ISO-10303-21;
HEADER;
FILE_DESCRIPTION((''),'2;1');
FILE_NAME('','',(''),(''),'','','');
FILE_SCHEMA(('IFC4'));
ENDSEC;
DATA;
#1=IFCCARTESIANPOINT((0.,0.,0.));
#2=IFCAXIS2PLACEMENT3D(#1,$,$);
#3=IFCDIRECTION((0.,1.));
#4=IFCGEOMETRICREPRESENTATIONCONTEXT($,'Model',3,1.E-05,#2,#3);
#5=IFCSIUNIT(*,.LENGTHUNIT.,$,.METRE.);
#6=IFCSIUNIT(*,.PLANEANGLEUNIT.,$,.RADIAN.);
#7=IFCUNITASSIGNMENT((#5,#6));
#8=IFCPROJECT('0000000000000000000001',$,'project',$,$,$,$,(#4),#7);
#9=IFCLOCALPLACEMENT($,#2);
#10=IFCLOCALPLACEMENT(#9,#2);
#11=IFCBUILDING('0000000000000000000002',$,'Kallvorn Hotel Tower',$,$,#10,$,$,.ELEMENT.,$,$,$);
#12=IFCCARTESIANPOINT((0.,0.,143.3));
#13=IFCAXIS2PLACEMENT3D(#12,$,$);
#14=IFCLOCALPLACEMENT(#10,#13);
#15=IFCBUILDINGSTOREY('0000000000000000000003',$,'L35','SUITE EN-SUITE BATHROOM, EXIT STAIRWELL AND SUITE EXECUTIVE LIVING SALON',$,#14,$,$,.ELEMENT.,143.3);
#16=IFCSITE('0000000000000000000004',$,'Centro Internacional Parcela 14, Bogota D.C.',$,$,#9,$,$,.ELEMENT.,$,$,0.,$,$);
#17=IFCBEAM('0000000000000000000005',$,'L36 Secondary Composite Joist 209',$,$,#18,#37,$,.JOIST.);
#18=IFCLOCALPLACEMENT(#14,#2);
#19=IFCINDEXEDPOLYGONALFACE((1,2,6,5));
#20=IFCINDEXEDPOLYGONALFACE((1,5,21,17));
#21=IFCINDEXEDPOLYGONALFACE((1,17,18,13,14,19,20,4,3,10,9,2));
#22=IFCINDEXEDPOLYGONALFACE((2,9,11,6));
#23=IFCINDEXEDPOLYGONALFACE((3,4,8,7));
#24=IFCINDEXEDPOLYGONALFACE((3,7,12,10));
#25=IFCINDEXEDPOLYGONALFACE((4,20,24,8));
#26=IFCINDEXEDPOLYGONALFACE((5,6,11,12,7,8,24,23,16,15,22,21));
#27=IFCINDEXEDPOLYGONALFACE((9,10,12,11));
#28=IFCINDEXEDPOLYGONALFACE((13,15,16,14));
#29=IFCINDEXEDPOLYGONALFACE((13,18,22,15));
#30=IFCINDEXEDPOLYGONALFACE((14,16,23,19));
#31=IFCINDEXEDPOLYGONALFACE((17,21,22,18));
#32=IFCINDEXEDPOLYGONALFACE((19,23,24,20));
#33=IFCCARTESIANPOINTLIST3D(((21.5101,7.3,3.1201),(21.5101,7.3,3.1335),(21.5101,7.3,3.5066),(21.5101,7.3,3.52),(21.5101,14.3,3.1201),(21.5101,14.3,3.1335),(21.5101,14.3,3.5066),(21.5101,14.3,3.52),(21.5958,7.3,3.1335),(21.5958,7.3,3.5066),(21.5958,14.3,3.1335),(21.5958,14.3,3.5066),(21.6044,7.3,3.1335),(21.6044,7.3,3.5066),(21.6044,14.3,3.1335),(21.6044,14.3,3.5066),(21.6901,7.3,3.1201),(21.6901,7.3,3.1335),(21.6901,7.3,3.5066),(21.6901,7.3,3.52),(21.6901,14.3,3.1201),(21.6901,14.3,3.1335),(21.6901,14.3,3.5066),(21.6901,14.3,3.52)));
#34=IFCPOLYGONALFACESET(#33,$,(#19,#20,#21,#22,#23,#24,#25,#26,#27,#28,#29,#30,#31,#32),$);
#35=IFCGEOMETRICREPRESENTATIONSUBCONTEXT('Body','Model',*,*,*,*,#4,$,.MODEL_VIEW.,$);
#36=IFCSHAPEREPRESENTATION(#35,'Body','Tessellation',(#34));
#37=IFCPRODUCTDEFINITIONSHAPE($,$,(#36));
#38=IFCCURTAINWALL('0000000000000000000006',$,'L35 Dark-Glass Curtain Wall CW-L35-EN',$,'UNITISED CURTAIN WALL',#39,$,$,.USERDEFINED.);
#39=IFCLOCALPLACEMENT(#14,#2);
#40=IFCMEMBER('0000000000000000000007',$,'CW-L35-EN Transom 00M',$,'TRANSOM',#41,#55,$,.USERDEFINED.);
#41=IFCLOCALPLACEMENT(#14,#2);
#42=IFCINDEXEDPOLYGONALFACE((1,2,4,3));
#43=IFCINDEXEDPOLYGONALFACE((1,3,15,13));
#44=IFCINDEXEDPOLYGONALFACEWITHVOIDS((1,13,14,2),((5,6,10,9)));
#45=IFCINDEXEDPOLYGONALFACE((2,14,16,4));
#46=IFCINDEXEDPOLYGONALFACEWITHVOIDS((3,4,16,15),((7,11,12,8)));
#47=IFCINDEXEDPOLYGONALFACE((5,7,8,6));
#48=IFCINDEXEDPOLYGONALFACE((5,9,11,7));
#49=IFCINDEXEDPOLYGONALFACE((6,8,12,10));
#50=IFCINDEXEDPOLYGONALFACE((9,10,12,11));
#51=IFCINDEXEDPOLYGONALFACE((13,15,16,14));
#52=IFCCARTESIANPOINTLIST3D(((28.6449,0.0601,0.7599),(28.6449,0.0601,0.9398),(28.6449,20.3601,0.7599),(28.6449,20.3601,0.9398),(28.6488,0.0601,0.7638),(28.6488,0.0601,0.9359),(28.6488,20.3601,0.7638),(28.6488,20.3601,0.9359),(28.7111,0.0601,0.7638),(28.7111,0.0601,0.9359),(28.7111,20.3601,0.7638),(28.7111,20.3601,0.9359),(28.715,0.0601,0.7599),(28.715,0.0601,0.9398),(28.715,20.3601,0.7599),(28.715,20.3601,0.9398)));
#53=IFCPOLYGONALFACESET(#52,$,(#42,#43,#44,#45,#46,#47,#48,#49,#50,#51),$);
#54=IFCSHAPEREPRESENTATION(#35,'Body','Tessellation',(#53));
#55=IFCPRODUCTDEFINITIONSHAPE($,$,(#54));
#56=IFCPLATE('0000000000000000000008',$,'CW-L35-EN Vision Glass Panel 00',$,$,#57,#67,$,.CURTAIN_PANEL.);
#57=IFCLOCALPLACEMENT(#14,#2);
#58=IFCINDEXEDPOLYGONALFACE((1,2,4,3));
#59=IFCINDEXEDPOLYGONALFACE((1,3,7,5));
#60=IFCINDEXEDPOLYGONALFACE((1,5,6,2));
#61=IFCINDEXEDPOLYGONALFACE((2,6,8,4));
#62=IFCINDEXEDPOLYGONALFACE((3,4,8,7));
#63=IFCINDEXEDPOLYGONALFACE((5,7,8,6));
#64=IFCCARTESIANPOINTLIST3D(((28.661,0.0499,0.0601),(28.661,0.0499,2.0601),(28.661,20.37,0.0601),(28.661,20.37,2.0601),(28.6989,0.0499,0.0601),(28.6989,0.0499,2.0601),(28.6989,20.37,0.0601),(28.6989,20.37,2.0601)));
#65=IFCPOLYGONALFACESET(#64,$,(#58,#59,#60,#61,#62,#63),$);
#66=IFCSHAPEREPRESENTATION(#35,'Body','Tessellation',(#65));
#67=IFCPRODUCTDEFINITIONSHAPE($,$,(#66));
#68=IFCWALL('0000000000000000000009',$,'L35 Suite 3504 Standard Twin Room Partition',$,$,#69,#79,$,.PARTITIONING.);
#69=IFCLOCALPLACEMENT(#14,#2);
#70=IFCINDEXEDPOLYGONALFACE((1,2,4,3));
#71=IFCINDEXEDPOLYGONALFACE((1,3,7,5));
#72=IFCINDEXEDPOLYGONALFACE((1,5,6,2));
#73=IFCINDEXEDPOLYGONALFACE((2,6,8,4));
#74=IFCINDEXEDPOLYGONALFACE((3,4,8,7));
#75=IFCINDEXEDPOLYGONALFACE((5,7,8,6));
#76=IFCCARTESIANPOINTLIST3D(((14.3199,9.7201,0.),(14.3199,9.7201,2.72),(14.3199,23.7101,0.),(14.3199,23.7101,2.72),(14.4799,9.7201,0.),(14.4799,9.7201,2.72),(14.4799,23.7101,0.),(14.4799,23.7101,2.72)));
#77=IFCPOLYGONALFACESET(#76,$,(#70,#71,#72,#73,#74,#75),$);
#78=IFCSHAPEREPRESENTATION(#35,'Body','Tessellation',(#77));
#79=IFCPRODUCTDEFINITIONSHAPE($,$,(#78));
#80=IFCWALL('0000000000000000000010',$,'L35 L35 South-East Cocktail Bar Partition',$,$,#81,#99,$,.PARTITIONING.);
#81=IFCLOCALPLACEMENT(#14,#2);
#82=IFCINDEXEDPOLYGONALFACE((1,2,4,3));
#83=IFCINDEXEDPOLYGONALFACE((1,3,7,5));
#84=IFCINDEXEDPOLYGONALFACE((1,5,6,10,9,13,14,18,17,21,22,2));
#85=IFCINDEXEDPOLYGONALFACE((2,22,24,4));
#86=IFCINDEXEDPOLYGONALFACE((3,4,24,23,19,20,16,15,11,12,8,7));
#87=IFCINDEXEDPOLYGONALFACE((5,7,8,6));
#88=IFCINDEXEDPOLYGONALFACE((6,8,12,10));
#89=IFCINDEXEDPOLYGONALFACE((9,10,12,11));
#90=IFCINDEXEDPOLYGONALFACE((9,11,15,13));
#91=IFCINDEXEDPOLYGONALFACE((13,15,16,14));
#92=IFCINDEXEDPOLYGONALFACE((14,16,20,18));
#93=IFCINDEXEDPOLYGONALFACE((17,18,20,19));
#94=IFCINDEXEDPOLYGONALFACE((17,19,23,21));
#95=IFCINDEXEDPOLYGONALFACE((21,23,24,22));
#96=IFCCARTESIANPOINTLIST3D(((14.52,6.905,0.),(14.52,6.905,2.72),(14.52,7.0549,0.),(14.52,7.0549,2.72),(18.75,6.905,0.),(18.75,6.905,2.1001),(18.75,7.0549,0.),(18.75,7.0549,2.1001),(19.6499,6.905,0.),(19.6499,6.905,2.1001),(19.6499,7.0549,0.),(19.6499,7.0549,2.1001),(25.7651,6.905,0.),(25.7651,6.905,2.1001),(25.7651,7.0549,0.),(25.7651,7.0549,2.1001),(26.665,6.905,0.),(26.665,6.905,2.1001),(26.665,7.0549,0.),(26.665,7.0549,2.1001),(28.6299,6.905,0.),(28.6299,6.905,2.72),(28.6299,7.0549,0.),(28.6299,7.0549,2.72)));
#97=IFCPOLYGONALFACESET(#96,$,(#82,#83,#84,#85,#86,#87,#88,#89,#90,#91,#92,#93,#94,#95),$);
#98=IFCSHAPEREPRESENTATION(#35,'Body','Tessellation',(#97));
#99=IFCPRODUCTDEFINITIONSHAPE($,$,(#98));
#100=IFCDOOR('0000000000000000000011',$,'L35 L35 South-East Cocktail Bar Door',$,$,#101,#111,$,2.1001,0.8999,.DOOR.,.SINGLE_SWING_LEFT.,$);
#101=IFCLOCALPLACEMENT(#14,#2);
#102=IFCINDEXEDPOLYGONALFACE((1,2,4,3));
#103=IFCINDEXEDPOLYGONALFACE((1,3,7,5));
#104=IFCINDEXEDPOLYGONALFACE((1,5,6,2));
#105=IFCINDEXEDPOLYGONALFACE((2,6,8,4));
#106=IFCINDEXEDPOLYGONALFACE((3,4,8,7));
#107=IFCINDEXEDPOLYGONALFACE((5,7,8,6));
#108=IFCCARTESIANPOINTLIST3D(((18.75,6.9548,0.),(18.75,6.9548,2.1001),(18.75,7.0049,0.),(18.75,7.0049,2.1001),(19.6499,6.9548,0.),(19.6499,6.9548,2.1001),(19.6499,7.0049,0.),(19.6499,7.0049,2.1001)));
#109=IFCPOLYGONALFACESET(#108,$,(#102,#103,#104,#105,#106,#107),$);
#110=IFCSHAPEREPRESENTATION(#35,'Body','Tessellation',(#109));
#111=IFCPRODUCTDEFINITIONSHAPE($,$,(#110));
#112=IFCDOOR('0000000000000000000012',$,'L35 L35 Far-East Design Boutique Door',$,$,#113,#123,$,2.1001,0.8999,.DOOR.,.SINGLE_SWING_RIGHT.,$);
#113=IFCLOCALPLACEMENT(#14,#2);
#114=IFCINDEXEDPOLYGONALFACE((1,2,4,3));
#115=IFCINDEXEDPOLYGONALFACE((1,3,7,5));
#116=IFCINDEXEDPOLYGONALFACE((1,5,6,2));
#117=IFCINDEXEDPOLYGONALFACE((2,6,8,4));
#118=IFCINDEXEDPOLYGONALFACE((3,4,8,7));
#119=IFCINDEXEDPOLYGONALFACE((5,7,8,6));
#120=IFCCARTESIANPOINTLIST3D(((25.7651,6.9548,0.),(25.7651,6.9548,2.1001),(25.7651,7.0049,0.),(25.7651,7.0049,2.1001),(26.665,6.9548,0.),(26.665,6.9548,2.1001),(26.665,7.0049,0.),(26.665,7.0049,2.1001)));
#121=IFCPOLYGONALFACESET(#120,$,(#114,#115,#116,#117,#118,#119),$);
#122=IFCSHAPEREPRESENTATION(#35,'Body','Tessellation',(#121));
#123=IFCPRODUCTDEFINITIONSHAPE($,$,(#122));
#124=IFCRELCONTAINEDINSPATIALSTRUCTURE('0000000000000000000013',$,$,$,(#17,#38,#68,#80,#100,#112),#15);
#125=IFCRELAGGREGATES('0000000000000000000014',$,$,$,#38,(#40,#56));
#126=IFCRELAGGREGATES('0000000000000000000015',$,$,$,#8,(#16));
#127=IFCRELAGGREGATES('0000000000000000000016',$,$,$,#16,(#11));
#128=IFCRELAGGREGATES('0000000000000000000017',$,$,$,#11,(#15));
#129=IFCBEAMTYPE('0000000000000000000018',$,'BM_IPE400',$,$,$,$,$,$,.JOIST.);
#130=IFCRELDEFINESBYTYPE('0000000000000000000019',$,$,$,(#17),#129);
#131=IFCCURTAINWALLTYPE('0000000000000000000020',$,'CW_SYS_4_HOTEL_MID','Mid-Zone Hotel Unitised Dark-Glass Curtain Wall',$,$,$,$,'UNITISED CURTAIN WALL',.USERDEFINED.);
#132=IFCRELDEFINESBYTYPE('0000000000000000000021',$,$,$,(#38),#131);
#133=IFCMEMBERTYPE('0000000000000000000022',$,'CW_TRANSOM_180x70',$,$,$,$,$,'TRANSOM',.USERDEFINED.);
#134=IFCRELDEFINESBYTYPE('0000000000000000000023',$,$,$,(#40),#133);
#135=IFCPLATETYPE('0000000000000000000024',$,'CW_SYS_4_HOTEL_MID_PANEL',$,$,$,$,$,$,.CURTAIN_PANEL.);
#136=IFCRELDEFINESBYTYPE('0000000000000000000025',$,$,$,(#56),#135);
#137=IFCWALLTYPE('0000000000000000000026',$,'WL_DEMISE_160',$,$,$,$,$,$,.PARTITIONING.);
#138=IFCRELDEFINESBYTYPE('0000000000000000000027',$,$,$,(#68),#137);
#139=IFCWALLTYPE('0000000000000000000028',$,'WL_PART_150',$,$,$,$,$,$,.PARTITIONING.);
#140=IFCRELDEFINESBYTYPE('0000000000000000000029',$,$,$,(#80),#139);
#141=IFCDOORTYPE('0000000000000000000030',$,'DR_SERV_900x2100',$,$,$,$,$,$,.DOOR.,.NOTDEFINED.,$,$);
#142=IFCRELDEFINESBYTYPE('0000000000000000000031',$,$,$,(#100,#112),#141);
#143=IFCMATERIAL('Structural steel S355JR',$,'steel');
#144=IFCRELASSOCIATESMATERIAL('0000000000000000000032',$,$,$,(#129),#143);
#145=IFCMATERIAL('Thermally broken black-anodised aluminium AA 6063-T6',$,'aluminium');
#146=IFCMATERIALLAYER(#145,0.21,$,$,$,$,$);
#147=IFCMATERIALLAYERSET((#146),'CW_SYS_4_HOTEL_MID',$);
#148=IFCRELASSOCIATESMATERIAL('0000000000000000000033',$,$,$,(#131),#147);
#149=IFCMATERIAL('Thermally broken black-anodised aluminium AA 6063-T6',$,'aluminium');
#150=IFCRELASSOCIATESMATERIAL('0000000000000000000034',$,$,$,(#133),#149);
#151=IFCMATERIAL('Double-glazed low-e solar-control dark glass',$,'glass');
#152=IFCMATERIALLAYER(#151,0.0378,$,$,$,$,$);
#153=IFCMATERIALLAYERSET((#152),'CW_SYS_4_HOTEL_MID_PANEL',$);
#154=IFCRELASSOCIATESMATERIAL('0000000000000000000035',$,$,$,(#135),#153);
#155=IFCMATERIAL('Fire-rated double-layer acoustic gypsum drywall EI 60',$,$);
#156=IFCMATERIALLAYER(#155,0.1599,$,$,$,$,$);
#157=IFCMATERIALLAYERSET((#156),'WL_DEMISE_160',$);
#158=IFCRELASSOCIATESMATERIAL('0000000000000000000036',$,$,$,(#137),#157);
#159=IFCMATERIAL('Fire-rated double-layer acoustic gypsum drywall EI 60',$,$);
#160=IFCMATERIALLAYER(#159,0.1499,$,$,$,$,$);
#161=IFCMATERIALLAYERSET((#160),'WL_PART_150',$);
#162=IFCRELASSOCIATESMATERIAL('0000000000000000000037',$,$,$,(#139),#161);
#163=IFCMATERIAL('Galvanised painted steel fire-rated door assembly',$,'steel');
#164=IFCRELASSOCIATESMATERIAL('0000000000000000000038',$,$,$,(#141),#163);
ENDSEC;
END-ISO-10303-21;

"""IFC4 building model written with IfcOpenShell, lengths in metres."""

from ifc_helpers import new_model, si_unit, direction, frame, frame_2d, origin, origin_2d, place, context, subcontext, project, spatial, rectangle, hollow_rectangle, i_section, extrude, material, layer, layer_set, material_profile, profile_set, type_object, element, fill, aggregate, save


model = new_model("IFC4")

# Units and contexts
model_context = context("Model", 3, precision=1e-05, world=origin(), true_north=direction((0.0, 1.0)))
body_context = subcontext(model_context, "Body", "Model", "MODEL_VIEW")
ifc_project = project(units=[si_unit("LENGTHUNIT", "METRE"), si_unit("PLANEANGLEUNIT", "RADIAN")], contexts=[model_context])

# Site, building, storey
site_placement = place(None, origin())
site = spatial("IfcSite", under=ifc_project, at=site_placement, Name="Centro Internacional Parcela 14, Bogota D.C.", CompositionType="ELEMENT", RefElevation=0.0)
building_placement = place(site_placement, origin())
building = spatial("IfcBuilding", under=site, at=building_placement, Name="Kallvorn Hotel Tower", CompositionType="ELEMENT")
storey_placement = place(building_placement, frame((0.0, 0.0, 143.3)))
storey = spatial("IfcBuildingStorey", under=building, at=storey_placement, Name="L35", Description="SUITE EN-SUITE BATHROOM, EXIT STAIRWELL AND SUITE EXECUTIVE LIVING SALON", CompositionType="ELEMENT", Elevation=143.3)

# Beam
ifc_material_1 = material(Name="Structural steel S355JR", Category="steel")
ifc_material_profile_1 = material_profile(ifc_material_1, i_section(OverallWidth=0.1799, OverallDepth=0.3999, WebThickness=0.0085, FlangeThickness=0.0134, at=origin_2d()), Name="IPE 400")
ifc_profile_set_1 = profile_set([ifc_material_profile_1], Name="Structural steel S355JR")
beam_type_1 = type_object("IfcBeamType", Name="BM_IPE400", PredefinedType="JOIST", material=ifc_profile_set_1)
for number, where, z_axis, x_axis, name in (
    (1, (21.6001, 7.3, 3.3201), (0.0, 1.0, 0.0), (-1.0, 0.0, 0.0), "L36 Secondary Composite Joist 209"),
):
    element("IfcBeam", number, at=place(storey_placement, frame(where, z_axis=z_axis, x_axis=x_axis)), inside=storey, type_object=beam_type_1, Name=name, PredefinedType="JOIST", context=body_context, shape_type="SweptSolid", body=[
        extrude(i_section(OverallWidth=0.1799, OverallDepth=0.3999, WebThickness=0.0085, FlangeThickness=0.0134, at=origin_2d()), origin(), (0.0, 0.0, 1.0), 7.0),
    ])

# Curtain wall, member, plate
ifc_material_2 = material(Name="Thermally broken black-anodised aluminium AA 6063-T6", Category="aluminium")
ifc_layer_1 = layer(ifc_material_2, 0.21)
ifc_layer_set_1 = layer_set([ifc_layer_1], Name="CW_SYS_4_HOTEL_MID")
curtain_wall_type = type_object("IfcCurtainWallType", Name="CW_SYS_4_HOTEL_MID", Description="Mid-Zone Hotel Unitised Dark-Glass Curtain Wall", ElementType="UNITISED CURTAIN WALL", PredefinedType="USERDEFINED", material=ifc_layer_set_1)
curtain_wall_placement = place(storey_placement, origin())
curtain_wall = element("IfcCurtainWall", 2, at=curtain_wall_placement, inside=storey, type_object=curtain_wall_type, Name="L35 Dark-Glass Curtain Wall CW-L35-EN", ObjectType="UNITISED CURTAIN WALL", PredefinedType="USERDEFINED")
ifc_material_3 = material(Name="Thermally broken black-anodised aluminium AA 6063-T6", Category="aluminium")
ifc_material_profile_2 = material_profile(ifc_material_3, hollow_rectangle(XDim=0.0701, YDim=0.1799, WallThickness=0.0039, at=origin_2d()), Name="TRN 180x70")
ifc_profile_set_2 = profile_set([ifc_material_profile_2], Name="Thermally broken black-anodised aluminium AA 6063-T6")
member_type = type_object("IfcMemberType", Name="CW_TRANSOM_180x70", ElementType="TRANSOM", PredefinedType="USERDEFINED", material=ifc_profile_set_2)
member_placement = place(storey_placement, frame((28.6799, 0.0601, 0.8499), z_axis=(0.0, 1.0, 0.0), x_axis=(-1.0, 0.0, 0.0)))
member = element("IfcMember", 3, at=member_placement, type_object=member_type, Name="CW-L35-EN Transom 00M", ObjectType="TRANSOM", PredefinedType="USERDEFINED", context=body_context, shape_type="SweptSolid", body=[
    extrude(hollow_rectangle(XDim=0.0701, YDim=0.1799, WallThickness=0.0039, at=origin_2d()), origin(), (0.0, 0.0, 1.0), 20.3),
])
ifc_material_4 = material(Name="Double-glazed low-e solar-control dark glass", Category="glass")
ifc_layer_2 = layer(ifc_material_4, 0.0378)
ifc_layer_set_2 = layer_set([ifc_layer_2], Name="CW_SYS_4_HOTEL_MID_PANEL")
plate_type = type_object("IfcPlateType", Name="CW_SYS_4_HOTEL_MID_PANEL", PredefinedType="CURTAIN_PANEL", material=ifc_layer_set_2)
plate_placement = place(storey_placement, frame((28.6799, 10.21, 0.0601), z_axis=(0.0, 0.0, 1.0), x_axis=(0.0, 1.0, 0.0)))
plate = element("IfcPlate", 4, at=plate_placement, type_object=plate_type, Name="CW-L35-EN Vision Glass Panel 00", PredefinedType="CURTAIN_PANEL", context=body_context, shape_type="SweptSolid", body=[
    extrude(rectangle(XDim=20.3201, YDim=0.0378, at=origin_2d()), origin(), (0.0, 0.0, 1.0), 2.0),
])
aggregate(curtain_wall, [member, plate])

# Wall
ifc_material_5 = material(Name="Fire-rated double-layer acoustic gypsum drywall EI 60")
ifc_layer_3 = layer(ifc_material_5, 0.1599)
ifc_layer_set_3 = layer_set([ifc_layer_3], Name="WL_DEMISE_160")
wall_type_1 = type_object("IfcWallType", Name="WL_DEMISE_160", PredefinedType="PARTITIONING", material=ifc_layer_set_3)
wall_1_placement = place(storey_placement, frame((14.3999, 9.72, 0.0), z_axis=(0.0, 0.0, 1.0), x_axis=(0.0, 1.0, 0.0)))
element("IfcWall", 5, at=wall_1_placement, inside=storey, type_object=wall_type_1, Name="L35 Suite 3504 Standard Twin Room Partition", PredefinedType="PARTITIONING", context=body_context, shape_type="SweptSolid", body=[
    extrude(rectangle(XDim=13.99, YDim=0.1599, at=frame_2d((6.9951, 0.0))), origin(), (0.0, 0.0, 1.0), 2.72),
])

# Wall, openings, doors
ifc_material_6 = material(Name="Fire-rated double-layer acoustic gypsum drywall EI 60")
ifc_layer_4 = layer(ifc_material_6, 0.1499)
ifc_layer_set_4 = layer_set([ifc_layer_4], Name="WL_PART_150")
wall_type_2 = type_object("IfcWallType", Name="WL_PART_150", PredefinedType="PARTITIONING", material=ifc_layer_set_4)
wall_2_placement = place(storey_placement, frame((14.52, 6.98, 0.0), z_axis=(0.0, 0.0, 1.0), x_axis=(1.0, 0.0, 0.0)))
wall_2 = element("IfcWall", 6, at=wall_2_placement, inside=storey, type_object=wall_type_2, Name="L35 L35 South-East Cocktail Bar Partition", PredefinedType="PARTITIONING", context=body_context, shape_type="SweptSolid", body=[
    extrude(rectangle(XDim=14.1099, YDim=0.1499, at=frame_2d((7.0549, 0.0))), origin(), (0.0, 0.0, 1.0), 2.72),
])
opening_1_placement = place(wall_2_placement, frame((4.23, 0.0, 0.0)))
opening_1 = element("IfcOpeningElement", 7, at=opening_1_placement, cuts=wall_2, PredefinedType="OPENING", context=body_context, shape_type="SweptSolid", body=[
    extrude(rectangle(XDim=0.8999, YDim=2.1001, at=frame_2d((0.45, 1.05))), frame((0.0, 0.0898, 0.0), z_axis=(0.0, -1.0, 0.0), x_axis=(1.0, 0.0, 0.0)), (0.0, 0.0, 1.0), 0.1799),
])
opening_2_placement = place(wall_2_placement, frame((11.2451, 0.0, 0.0)))
opening_2 = element("IfcOpeningElement", 8, at=opening_2_placement, cuts=wall_2, PredefinedType="OPENING", context=body_context, shape_type="SweptSolid", body=[
    extrude(rectangle(XDim=0.8999, YDim=2.1001, at=frame_2d((0.45, 1.05))), frame((0.0, 0.0898, 0.0), z_axis=(0.0, -1.0, 0.0), x_axis=(1.0, 0.0, 0.0)), (0.0, 0.0, 1.0), 0.1799),
])
ifc_material_7 = material(Name="Galvanised painted steel fire-rated door assembly", Category="steel")
door_type = type_object("IfcDoorType", Name="DR_SERV_900x2100", OperationType="NOTDEFINED", PredefinedType="DOOR", material=ifc_material_7)
door_1_placement = place(opening_1_placement, origin())
door_1 = element("IfcDoor", 9, at=door_1_placement, inside=storey, type_object=door_type, Name="L35 L35 South-East Cocktail Bar Door", OperationType="SINGLE_SWING_LEFT", OverallHeight=2.1001, OverallWidth=0.8999, PredefinedType="DOOR", context=body_context, shape_type="SweptSolid", body=[
    extrude(rectangle(XDim=0.8999, YDim=2.1001, at=frame_2d((0.45, 1.05))), frame((0.0, 0.0249, 0.0), z_axis=(0.0, -1.0, 0.0), x_axis=(1.0, 0.0, 0.0)), (0.0, 0.0, 1.0), 0.05),
])
fill(opening_1, door_1)
door_2_placement = place(opening_2_placement, origin())
door_2 = element("IfcDoor", 10, at=door_2_placement, inside=storey, type_object=door_type, Name="L35 L35 Far-East Design Boutique Door", OperationType="SINGLE_SWING_RIGHT", OverallHeight=2.1001, OverallWidth=0.8999, PredefinedType="DOOR", context=body_context, shape_type="SweptSolid", body=[
    extrude(rectangle(XDim=0.8999, YDim=2.1001, at=frame_2d((0.45, 1.05))), frame((0.0, 0.0249, 0.0), z_axis=(0.0, -1.0, 0.0), x_axis=(1.0, 0.0, 0.0)), (0.0, 0.0, 1.0), 0.05),
])
fill(opening_2, door_2)

save(model, "model.ifc")
